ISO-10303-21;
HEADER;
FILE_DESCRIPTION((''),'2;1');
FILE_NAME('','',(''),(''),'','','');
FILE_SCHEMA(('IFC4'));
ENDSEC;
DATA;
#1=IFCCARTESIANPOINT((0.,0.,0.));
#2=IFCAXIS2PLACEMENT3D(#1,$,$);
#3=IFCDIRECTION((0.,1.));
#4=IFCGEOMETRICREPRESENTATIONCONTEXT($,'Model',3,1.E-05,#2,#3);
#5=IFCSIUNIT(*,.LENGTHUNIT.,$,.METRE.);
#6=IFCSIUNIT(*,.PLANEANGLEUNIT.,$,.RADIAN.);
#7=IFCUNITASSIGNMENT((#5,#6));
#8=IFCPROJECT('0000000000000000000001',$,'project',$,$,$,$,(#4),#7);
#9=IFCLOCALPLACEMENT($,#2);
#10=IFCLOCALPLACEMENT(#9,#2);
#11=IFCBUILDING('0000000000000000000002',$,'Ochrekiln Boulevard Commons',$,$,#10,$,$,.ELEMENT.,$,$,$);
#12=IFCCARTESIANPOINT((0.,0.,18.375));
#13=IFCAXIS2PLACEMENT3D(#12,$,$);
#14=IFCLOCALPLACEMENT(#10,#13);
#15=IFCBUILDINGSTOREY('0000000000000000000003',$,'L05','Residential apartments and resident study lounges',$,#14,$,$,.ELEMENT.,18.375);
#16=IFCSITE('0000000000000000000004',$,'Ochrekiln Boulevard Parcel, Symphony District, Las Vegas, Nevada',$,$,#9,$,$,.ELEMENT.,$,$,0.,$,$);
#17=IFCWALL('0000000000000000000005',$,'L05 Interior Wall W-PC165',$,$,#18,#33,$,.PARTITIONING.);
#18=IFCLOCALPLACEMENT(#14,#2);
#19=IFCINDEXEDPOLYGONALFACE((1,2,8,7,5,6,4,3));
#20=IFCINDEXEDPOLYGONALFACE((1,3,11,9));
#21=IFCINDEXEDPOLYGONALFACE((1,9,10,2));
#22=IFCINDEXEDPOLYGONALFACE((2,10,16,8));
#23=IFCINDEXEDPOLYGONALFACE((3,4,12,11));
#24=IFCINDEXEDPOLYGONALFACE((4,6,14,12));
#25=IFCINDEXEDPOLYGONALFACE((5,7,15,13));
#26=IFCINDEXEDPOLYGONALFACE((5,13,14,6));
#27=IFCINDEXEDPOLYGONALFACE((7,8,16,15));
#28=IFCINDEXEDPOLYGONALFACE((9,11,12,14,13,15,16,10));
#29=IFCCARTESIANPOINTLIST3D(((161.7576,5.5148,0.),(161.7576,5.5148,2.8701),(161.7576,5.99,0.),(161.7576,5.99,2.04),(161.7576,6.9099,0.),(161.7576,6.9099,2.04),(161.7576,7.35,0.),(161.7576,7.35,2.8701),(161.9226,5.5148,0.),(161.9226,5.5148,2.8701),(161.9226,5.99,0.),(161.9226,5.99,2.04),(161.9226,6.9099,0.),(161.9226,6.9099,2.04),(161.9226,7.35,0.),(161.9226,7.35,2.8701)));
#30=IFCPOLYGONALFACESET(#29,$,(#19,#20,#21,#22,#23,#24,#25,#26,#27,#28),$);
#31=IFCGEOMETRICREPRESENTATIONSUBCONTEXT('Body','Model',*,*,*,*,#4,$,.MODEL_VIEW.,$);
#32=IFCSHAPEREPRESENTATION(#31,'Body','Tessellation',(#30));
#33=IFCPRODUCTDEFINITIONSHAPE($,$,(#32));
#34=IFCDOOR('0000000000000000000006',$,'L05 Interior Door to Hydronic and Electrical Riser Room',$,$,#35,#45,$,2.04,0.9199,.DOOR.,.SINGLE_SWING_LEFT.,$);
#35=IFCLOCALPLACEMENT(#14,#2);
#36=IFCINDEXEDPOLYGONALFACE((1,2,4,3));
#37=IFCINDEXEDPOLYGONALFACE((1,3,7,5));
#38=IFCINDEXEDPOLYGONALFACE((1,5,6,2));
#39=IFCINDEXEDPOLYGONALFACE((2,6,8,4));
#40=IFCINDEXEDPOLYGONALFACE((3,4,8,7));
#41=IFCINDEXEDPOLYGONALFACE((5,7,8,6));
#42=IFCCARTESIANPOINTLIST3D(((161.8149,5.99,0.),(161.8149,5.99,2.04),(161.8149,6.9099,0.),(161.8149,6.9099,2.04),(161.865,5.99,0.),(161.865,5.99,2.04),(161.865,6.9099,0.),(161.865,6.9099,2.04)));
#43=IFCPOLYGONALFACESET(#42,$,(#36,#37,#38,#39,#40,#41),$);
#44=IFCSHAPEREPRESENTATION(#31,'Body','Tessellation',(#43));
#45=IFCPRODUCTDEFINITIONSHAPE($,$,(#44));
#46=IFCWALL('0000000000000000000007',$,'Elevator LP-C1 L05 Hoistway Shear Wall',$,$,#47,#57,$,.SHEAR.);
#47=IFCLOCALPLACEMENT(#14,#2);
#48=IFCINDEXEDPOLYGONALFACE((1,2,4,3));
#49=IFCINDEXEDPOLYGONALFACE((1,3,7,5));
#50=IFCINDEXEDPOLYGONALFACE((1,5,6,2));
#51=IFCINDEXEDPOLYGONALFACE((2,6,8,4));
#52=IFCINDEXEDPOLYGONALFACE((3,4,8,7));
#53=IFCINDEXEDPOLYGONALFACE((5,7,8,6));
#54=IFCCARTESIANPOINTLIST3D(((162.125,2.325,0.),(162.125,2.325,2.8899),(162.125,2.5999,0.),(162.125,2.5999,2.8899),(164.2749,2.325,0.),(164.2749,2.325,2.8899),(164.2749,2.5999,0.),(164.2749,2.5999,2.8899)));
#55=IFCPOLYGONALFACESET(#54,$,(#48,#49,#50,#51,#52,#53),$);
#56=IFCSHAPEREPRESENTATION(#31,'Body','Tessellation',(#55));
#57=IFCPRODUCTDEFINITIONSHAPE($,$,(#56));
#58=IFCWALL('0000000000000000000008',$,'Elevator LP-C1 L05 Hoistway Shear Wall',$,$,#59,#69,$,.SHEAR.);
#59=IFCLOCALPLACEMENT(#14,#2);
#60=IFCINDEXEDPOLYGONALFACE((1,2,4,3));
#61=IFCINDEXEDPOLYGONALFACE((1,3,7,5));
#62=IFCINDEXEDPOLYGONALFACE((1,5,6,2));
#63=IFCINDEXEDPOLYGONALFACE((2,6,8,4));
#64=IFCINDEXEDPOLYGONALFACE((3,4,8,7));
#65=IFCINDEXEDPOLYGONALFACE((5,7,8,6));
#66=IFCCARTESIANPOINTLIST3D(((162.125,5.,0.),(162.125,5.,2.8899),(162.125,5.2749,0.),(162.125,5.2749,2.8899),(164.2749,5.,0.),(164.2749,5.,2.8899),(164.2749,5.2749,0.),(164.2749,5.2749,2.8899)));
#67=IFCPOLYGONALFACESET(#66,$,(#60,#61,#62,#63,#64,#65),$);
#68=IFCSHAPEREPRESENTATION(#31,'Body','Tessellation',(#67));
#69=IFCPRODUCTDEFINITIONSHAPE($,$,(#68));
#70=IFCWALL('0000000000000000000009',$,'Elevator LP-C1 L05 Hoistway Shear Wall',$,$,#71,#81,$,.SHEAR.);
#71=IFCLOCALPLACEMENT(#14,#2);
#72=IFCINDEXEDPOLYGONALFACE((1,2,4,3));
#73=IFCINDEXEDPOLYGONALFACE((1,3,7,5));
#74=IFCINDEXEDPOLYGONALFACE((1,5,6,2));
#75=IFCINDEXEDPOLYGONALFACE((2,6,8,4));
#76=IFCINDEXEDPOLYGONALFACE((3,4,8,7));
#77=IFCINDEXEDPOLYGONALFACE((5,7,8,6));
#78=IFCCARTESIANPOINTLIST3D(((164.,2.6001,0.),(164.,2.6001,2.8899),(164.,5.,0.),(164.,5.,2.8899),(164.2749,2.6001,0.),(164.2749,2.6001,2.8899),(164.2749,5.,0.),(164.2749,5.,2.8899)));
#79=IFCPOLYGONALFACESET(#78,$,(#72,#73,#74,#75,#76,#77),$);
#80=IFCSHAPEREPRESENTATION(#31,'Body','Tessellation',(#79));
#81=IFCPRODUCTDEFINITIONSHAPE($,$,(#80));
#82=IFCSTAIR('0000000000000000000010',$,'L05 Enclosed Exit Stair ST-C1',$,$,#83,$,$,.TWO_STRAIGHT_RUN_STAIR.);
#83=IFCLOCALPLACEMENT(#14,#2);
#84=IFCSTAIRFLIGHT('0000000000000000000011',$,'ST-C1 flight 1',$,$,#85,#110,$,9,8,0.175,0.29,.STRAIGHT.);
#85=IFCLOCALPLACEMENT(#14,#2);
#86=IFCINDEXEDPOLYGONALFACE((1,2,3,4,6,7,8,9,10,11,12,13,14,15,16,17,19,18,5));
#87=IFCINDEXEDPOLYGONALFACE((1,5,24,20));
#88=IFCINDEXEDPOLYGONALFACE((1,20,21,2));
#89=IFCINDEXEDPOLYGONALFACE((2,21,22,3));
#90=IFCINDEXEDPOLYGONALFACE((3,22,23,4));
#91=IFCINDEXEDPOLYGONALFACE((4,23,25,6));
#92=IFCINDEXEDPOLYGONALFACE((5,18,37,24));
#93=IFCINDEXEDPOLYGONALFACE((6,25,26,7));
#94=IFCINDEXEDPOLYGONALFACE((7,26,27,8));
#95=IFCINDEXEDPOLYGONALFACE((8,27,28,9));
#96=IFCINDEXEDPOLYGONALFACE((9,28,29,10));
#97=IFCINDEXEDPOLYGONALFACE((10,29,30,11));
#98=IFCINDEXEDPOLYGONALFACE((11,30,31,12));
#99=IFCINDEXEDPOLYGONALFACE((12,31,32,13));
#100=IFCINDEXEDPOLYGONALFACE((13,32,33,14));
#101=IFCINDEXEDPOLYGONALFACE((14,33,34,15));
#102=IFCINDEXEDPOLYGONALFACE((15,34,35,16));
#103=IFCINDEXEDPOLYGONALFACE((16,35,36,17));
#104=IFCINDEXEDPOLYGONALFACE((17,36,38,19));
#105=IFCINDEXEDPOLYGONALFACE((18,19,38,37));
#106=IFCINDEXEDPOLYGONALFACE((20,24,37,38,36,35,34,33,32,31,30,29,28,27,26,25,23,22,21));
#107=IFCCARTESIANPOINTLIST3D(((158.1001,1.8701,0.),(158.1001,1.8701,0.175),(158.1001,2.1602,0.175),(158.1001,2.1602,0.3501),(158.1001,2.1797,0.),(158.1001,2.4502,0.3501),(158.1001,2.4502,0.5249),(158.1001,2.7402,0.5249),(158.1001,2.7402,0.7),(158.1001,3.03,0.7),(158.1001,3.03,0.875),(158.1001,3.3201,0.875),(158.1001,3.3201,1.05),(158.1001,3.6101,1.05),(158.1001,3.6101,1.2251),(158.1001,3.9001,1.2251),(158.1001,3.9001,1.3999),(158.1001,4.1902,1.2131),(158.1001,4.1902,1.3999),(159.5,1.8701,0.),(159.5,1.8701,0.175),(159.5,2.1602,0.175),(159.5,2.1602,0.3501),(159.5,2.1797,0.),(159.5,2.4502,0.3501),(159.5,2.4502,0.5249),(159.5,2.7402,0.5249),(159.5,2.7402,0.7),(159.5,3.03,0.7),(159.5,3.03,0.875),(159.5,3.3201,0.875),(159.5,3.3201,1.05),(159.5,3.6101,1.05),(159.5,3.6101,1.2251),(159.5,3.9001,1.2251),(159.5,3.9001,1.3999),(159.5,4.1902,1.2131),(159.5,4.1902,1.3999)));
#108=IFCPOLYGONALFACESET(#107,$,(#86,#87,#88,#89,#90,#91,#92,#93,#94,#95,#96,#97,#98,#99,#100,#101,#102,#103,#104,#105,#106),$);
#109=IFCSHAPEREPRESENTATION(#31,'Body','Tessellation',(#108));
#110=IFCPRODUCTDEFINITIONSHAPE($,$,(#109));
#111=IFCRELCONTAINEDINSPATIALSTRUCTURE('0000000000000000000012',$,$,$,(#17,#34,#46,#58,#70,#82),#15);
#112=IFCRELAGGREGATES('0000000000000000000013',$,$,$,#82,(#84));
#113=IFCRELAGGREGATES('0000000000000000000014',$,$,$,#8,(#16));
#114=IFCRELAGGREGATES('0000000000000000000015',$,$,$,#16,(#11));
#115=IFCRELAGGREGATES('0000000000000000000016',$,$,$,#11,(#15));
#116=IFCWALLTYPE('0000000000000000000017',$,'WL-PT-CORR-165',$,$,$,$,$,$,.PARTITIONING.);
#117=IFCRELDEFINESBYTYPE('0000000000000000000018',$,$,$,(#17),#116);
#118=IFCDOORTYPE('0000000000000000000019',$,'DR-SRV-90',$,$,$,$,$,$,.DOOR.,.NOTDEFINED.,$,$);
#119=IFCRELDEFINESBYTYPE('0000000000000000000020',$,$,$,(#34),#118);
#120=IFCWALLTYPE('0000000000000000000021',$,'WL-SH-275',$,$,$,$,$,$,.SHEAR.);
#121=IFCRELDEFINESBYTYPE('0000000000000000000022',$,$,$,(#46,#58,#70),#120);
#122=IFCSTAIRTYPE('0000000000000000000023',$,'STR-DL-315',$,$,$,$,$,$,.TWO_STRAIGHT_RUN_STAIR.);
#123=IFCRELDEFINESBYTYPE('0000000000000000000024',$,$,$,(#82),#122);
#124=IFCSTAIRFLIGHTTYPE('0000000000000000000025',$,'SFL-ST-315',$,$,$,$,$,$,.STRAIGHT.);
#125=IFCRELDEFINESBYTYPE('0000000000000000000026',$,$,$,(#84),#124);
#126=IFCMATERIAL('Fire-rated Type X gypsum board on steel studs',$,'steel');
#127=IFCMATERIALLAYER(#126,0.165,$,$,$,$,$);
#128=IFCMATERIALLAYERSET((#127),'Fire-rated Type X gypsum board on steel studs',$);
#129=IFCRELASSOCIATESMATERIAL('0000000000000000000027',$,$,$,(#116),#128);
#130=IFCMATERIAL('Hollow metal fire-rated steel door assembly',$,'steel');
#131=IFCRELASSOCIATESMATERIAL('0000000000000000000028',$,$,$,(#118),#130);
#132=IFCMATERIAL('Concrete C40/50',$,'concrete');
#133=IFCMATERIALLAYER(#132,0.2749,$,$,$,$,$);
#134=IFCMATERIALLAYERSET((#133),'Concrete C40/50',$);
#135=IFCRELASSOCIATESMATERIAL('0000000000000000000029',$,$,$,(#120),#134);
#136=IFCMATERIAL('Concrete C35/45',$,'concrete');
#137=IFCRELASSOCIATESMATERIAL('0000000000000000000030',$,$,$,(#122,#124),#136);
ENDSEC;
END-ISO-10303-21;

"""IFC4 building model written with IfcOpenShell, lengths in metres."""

from ifc_helpers import new_model, si_unit, direction, frame, frame_2d, origin, place, context, subcontext, project, spatial, polyline, rectangle, outline, extrude, material, layer, layer_set, type_object, element, fill, aggregate, save


model = new_model("IFC4")

# Units and contexts
model_context = context("Model", 3, precision=1e-05, world=origin(), true_north=direction((0.0, 1.0)))
body_context = subcontext(model_context, "Body", "Model", "MODEL_VIEW")
ifc_project = project(units=[si_unit("LENGTHUNIT", "METRE"), si_unit("PLANEANGLEUNIT", "RADIAN")], contexts=[model_context])

# Site, building, storey
site_placement = place(None, origin())
site = spatial("IfcSite", under=ifc_project, at=site_placement, Name="Ochrekiln Boulevard Parcel, Symphony District, Las Vegas, Nevada", CompositionType="ELEMENT", RefElevation=0.0)
building_placement = place(site_placement, origin())
building = spatial("IfcBuilding", under=site, at=building_placement, Name="Ochrekiln Boulevard Commons", CompositionType="ELEMENT")
storey_placement = place(building_placement, frame((0.0, 0.0, 18.375)))
storey = spatial("IfcBuildingStorey", under=building, at=storey_placement, Name="L05", Description="Residential apartments and resident study lounges", CompositionType="ELEMENT", Elevation=18.375)

# Shared definitions
ifc_material_1 = material(Name="Concrete C40/50", Category="concrete")

# Wall, opening, door
ifc_material_2 = material(Name="Fire-rated Type X gypsum board on steel studs", Category="steel")
ifc_layer_1 = layer(ifc_material_2, 0.165)
ifc_layer_set_1 = layer_set([ifc_layer_1], Name="Fire-rated Type X gypsum board on steel studs")
wall_type_1 = type_object("IfcWallType", Name="WL-PT-CORR-165", PredefinedType="PARTITIONING", material=ifc_layer_set_1)
wall_1_placement = place(storey_placement, frame((161.8401, 5.5149, 0.0), z_axis=(0.0, 0.0, 1.0), x_axis=(0.0, 1.0, 0.0)))
wall_1 = element("IfcWall", 1, at=wall_1_placement, inside=storey, type_object=wall_type_1, Name="L05 Interior Wall W-PC165", PredefinedType="PARTITIONING", context=body_context, shape_type="SweptSolid", body=[
    extrude(rectangle(XDim=1.8352, YDim=0.165, at=frame_2d((0.9175, 0.0))), origin(), (0.0, 0.0, 1.0), 2.8701),
])
opening_1_placement = place(wall_1_placement, frame((0.4751, 0.0, 0.0)))
opening_1 = element("IfcOpeningElement", 2, at=opening_1_placement, cuts=wall_1, PredefinedType="OPENING", context=body_context, shape_type="SweptSolid", body=[
    extrude(rectangle(XDim=0.9199, YDim=2.04, at=frame_2d((0.46, 1.02))), frame((0.0, 0.0925, 0.0), z_axis=(0.0, -1.0, 0.0), x_axis=(1.0, 0.0, 0.0)), (0.0, 0.0, 1.0), 0.1851),
])
ifc_material_3 = material(Name="Hollow metal fire-rated steel door assembly", Category="steel")
door_type_1 = type_object("IfcDoorType", Name="DR-SRV-90", OperationType="NOTDEFINED", PredefinedType="DOOR", material=ifc_material_3)
door_1_placement = place(opening_1_placement, frame((0.9199, 0.0, 0.0), z_axis=(0.0, 0.0, 1.0), x_axis=(-1.0, 0.0, 0.0)))
door_1 = element("IfcDoor", 3, at=door_1_placement, inside=storey, type_object=door_type_1, Name="L05 Interior Door to Hydronic and Electrical Riser Room", OperationType="SINGLE_SWING_LEFT", OverallHeight=2.04, OverallWidth=0.9199, PredefinedType="DOOR", context=body_context, shape_type="SweptSolid", body=[
    extrude(rectangle(XDim=0.9199, YDim=2.04, at=frame_2d((0.46, 1.02))), frame((0.0, 0.0249, 0.0), z_axis=(0.0, -1.0, 0.0), x_axis=(1.0, 0.0, 0.0)), (0.0, 0.0, 1.0), 0.05),
])
fill(opening_1, door_1)

# Walls
ifc_layer_2 = layer(ifc_material_1, 0.2749)
ifc_layer_set_2 = layer_set([ifc_layer_2], Name="Concrete C40/50")
wall_type_2 = type_object("IfcWallType", Name="WL-SH-275", PredefinedType="SHEAR", material=ifc_layer_set_2)
for number, where, z_axis, x_axis, name in (
    (4, (162.125, 2.4624, 0.0), (0.0, 0.0, 1.0), (1.0, 0.0, 0.0), "Elevator LP-C1 L05 Hoistway Shear Wall"),
    (5, (162.125, 5.1375, 0.0), (0.0, 0.0, 1.0), (1.0, 0.0, 0.0), "Elevator LP-C1 L05 Hoistway Shear Wall"),
):
    element("IfcWall", number, at=place(storey_placement, frame(where, z_axis=z_axis, x_axis=x_axis)), inside=storey, type_object=wall_type_2, Name=name, PredefinedType="SHEAR", context=body_context, shape_type="SweptSolid", body=[
        extrude(rectangle(XDim=2.1499, YDim=0.2749, at=frame_2d((1.075, 0.0))), origin(), (0.0, 0.0, 1.0), 2.8899),
    ])

# Wall
wall_2_placement = place(storey_placement, frame((164.1375, 2.6001, 0.0), z_axis=(0.0, 0.0, 1.0), x_axis=(0.0, 1.0, 0.0)))
element("IfcWall", 6, at=wall_2_placement, inside=storey, type_object=wall_type_2, Name="Elevator LP-C1 L05 Hoistway Shear Wall", PredefinedType="SHEAR", context=body_context, shape_type="SweptSolid", body=[
    extrude(rectangle(XDim=2.3999, YDim=0.2749, at=frame_2d((1.2, 0.0))), origin(), (0.0, 0.0, 1.0), 2.8899),
])

# Stair, stair flight
ifc_material_4 = material(Name="Concrete C35/45", Category="concrete")
stair_type = type_object("IfcStairType", Name="STR-DL-315", PredefinedType="TWO_STRAIGHT_RUN_STAIR", material=ifc_material_4)
stair_placement = place(storey_placement, origin())
stair = element("IfcStair", 7, at=stair_placement, inside=storey, type_object=stair_type, Name="L05 Enclosed Exit Stair ST-C1", PredefinedType="TWO_STRAIGHT_RUN_STAIR")
stair_flight_type = type_object("IfcStairFlightType", Name="SFL-ST-315", PredefinedType="STRAIGHT", material=ifc_material_4)
stair_flight_placement = place(storey_placement, frame((158.8, 1.8701, 0.0), z_axis=(0.0, 0.0, 1.0), x_axis=(0.0, 1.0, 0.0)))
stair_flight = element("IfcStairFlight", 8, at=stair_flight_placement, type_object=stair_flight_type, Name="ST-C1 flight 1", NumberOfRisers=9, NumberOfTreads=8, PredefinedType="STRAIGHT", RiserHeight=0.175, TreadLength=0.29, context=body_context, shape_type="SweptSolid", body=[
    extrude(outline(polyline([(0.0, 0.0), (0.0, 0.175), (0.29, 0.175), (0.29, 0.3501), (0.5801, 0.3501), (0.5801, 0.5249), (0.8701, 0.5249), (0.8701, 0.7), (1.1599, 0.7), (1.1599, 0.875), (1.45, 0.875), (1.45, 1.05), (1.74, 1.05), (1.74, 1.2251), (2.03, 1.2251), (2.03, 1.3999), (2.3201, 1.3999), (2.3201, 1.575), (2.3201, 1.2131), (0.3096, 0.0), (0.0, 0.0)])), frame((0.0, 0.7, 0.0), z_axis=(0.0, -1.0, 0.0), x_axis=(1.0, 0.0, 0.0)), (0.0, 0.0, 1.0), 1.3999),
])
aggregate(stair, [stair_flight])

save(model, "model.ifc")
